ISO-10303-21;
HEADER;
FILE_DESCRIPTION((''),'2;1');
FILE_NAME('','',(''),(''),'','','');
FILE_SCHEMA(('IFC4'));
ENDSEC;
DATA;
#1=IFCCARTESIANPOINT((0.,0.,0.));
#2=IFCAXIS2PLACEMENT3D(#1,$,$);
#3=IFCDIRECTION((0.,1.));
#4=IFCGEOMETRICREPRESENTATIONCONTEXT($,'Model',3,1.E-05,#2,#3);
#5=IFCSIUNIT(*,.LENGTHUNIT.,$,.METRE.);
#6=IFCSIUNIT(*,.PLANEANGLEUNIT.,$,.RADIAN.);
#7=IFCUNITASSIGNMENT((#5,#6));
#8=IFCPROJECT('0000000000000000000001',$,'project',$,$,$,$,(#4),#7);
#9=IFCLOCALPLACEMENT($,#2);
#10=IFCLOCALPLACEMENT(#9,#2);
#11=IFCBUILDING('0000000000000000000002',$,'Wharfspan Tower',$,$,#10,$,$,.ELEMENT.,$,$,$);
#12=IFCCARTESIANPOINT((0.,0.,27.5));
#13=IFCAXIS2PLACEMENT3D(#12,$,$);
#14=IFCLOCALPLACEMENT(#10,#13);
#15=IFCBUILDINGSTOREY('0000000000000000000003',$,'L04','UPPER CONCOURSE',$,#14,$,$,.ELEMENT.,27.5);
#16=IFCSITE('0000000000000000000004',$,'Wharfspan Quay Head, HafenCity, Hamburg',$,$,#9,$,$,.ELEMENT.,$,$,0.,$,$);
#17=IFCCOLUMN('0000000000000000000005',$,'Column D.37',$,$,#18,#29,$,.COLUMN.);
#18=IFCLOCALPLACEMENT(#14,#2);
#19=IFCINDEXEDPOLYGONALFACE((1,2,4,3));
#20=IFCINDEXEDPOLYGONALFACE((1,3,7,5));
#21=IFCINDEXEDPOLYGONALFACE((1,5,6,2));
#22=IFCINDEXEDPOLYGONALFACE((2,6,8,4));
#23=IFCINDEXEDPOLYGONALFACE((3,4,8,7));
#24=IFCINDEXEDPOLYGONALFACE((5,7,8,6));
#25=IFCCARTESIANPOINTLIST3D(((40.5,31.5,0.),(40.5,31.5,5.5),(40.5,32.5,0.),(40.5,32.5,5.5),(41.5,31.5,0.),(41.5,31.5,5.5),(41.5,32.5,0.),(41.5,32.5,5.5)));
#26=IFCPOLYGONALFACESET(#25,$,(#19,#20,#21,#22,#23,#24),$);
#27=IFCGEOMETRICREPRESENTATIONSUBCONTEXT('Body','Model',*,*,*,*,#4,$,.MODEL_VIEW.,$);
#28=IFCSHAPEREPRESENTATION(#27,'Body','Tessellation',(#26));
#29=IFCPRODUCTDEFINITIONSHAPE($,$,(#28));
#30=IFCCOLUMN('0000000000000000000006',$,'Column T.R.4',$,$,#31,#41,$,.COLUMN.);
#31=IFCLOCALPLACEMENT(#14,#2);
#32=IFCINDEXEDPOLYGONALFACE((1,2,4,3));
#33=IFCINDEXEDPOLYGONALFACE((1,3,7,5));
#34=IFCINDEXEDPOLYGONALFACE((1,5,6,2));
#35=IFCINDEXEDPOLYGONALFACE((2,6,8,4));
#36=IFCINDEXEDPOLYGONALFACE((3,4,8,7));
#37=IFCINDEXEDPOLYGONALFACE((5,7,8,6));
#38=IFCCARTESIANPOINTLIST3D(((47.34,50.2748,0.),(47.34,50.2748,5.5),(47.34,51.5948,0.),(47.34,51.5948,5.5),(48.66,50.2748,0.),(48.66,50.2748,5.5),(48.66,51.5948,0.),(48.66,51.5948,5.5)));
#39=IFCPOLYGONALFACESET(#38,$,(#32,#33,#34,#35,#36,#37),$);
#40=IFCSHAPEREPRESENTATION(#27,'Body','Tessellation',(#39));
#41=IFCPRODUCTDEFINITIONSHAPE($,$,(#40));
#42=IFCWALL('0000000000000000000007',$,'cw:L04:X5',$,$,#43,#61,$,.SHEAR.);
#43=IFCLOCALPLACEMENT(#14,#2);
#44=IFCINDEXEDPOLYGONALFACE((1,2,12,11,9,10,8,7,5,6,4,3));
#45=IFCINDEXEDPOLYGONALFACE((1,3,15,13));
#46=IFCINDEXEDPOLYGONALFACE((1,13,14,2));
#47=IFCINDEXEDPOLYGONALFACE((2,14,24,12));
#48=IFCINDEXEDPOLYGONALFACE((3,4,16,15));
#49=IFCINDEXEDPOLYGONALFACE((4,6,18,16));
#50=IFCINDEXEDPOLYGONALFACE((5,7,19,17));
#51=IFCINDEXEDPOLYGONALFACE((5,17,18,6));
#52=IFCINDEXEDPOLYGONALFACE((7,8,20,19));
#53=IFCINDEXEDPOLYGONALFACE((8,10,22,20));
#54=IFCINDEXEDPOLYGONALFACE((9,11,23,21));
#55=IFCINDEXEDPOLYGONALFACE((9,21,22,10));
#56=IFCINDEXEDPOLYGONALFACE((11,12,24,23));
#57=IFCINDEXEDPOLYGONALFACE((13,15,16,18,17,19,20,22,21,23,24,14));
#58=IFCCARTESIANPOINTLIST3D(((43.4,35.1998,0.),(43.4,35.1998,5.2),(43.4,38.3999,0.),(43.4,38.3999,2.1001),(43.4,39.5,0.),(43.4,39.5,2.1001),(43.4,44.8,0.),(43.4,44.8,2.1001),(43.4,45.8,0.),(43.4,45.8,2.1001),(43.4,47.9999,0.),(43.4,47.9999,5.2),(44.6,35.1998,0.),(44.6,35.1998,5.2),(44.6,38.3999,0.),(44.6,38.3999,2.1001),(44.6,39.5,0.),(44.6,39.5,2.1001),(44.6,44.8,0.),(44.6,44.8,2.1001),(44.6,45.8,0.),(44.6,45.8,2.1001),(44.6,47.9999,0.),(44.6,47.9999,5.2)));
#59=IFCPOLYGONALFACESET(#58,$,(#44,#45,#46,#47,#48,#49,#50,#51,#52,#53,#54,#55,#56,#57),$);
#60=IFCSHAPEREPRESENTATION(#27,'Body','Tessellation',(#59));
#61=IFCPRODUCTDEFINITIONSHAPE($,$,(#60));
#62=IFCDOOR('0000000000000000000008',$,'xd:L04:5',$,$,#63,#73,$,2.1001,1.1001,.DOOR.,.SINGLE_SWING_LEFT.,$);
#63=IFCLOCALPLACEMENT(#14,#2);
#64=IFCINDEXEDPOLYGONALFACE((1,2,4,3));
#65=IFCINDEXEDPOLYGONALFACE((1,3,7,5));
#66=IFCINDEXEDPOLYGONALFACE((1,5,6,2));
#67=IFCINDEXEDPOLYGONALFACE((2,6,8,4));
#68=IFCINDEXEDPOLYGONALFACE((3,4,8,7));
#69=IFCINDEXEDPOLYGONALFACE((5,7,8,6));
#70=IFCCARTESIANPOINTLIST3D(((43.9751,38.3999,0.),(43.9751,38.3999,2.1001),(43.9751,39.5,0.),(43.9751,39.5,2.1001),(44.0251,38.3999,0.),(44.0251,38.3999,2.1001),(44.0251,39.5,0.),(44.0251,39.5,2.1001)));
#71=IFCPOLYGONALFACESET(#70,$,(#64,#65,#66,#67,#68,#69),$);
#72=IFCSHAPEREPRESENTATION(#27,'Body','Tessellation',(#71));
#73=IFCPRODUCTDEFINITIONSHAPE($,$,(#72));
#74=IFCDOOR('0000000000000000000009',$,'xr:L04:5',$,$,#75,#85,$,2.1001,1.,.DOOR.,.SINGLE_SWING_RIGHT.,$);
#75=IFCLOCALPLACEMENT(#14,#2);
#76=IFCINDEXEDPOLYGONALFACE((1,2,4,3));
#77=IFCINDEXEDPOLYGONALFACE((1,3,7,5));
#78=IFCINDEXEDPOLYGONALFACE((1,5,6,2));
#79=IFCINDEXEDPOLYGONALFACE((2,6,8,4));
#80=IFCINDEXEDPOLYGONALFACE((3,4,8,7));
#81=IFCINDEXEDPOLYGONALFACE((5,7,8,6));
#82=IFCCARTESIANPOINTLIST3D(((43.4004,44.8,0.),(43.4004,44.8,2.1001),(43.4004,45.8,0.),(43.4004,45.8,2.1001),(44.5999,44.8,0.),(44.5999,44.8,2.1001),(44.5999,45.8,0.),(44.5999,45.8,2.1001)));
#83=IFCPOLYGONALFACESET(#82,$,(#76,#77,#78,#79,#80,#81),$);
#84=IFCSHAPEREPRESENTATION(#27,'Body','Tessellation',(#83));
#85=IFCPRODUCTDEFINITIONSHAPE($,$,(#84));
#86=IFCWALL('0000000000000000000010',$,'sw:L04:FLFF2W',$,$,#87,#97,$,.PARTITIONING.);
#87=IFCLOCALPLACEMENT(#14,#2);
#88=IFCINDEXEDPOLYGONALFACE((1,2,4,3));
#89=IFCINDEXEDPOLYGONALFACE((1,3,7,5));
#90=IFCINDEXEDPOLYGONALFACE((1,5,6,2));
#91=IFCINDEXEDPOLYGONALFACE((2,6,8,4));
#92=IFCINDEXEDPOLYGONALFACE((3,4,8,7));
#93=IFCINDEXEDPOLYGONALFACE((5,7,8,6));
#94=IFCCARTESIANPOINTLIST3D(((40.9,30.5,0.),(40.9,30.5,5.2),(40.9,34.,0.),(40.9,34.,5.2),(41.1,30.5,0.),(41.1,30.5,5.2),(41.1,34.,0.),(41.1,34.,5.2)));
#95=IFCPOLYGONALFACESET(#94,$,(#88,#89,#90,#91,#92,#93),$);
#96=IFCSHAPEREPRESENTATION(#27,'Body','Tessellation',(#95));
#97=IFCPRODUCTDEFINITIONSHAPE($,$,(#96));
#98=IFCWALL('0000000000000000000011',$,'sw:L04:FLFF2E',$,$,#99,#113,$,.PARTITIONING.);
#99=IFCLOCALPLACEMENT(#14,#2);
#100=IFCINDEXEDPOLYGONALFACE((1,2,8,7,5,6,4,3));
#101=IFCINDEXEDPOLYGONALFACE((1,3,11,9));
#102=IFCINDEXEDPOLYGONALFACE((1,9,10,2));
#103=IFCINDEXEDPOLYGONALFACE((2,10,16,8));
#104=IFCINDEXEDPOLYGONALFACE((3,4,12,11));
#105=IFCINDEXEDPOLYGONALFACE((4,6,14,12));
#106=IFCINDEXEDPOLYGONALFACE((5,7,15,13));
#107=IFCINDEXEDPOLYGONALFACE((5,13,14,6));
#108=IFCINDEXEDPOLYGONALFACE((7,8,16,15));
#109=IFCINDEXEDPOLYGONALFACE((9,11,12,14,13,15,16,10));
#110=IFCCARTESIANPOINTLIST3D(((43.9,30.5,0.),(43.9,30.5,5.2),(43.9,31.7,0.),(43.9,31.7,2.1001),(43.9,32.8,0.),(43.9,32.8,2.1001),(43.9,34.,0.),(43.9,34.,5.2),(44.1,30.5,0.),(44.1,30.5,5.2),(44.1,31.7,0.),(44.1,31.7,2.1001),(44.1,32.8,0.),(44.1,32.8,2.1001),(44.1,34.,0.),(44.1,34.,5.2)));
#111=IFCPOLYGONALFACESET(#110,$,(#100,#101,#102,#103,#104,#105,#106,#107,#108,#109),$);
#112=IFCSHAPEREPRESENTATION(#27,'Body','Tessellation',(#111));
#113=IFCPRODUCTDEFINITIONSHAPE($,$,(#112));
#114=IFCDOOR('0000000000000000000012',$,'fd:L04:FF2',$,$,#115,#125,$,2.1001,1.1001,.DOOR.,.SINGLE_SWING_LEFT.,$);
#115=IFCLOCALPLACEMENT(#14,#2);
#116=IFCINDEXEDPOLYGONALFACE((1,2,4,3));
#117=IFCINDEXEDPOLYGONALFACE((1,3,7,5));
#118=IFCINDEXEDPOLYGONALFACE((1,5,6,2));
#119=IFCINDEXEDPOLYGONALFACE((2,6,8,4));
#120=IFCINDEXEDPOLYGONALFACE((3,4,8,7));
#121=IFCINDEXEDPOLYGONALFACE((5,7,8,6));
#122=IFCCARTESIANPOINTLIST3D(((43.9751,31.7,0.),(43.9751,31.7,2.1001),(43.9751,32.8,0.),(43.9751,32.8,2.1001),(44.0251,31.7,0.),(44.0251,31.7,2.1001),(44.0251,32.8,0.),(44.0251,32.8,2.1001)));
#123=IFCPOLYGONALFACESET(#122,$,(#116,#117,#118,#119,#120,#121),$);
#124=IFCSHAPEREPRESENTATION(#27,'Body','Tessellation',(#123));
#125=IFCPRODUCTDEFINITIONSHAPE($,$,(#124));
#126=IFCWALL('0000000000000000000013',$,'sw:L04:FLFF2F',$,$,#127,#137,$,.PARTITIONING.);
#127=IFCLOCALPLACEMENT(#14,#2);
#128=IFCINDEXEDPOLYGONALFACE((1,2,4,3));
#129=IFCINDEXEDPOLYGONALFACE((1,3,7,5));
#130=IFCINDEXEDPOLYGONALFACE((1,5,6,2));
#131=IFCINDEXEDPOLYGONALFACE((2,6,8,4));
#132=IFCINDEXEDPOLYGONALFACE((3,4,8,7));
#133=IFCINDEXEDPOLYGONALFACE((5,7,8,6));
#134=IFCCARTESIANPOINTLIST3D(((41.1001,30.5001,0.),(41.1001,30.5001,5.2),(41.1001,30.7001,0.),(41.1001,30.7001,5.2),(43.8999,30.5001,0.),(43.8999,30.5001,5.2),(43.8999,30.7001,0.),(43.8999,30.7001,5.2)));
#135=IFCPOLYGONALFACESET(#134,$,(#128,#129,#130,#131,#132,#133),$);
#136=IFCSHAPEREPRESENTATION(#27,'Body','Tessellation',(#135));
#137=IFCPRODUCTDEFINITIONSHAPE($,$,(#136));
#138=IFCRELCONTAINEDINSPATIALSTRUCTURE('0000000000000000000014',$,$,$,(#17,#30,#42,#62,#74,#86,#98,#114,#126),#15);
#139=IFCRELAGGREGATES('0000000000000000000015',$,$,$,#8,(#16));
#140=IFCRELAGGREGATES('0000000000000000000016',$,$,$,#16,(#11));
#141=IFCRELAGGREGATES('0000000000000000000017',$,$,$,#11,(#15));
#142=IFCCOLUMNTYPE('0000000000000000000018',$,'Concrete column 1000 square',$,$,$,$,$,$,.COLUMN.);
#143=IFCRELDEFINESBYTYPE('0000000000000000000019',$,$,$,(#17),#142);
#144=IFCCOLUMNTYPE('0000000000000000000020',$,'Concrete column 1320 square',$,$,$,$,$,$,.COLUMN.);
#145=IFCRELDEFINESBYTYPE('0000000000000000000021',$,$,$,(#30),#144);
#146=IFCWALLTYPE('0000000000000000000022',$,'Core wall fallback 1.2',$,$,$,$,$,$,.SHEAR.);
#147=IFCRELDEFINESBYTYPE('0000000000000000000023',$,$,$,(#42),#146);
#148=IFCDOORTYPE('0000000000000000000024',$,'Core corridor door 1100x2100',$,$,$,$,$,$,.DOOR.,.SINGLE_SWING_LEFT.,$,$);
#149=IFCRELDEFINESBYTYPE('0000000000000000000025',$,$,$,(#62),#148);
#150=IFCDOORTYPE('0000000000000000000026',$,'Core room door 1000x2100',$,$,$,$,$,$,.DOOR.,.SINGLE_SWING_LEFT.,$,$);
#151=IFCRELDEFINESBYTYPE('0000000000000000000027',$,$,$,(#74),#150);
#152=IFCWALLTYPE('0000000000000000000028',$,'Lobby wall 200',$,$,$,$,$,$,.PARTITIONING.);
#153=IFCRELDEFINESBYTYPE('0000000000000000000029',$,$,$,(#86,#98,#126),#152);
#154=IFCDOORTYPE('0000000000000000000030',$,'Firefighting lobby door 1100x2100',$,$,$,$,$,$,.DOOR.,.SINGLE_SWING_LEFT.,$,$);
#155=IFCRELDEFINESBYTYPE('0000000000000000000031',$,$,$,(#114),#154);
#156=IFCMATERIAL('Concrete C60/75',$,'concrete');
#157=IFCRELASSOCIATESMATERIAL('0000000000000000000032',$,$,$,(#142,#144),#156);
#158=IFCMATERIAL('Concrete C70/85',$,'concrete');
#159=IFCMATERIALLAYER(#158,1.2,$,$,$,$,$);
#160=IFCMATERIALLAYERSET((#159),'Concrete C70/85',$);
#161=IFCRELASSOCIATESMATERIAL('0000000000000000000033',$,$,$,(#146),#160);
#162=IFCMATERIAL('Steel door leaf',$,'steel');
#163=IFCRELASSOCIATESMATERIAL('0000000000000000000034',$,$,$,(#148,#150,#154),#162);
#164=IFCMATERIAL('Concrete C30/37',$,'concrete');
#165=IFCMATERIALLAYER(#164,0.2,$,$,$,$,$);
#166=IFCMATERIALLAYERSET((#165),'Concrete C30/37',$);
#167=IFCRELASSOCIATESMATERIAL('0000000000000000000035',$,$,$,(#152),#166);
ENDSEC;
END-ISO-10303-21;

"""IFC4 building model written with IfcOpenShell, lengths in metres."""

from ifc_helpers import new_model, si_unit, direction, frame, frame_2d, origin, origin_2d, place, context, subcontext, project, spatial, rectangle, extrude, material, layer, layer_set, material_profile, profile_set, type_object, element, fill, save


model = new_model("IFC4")

# Units and contexts
model_context = context("Model", 3, precision=1e-05, world=origin(), true_north=direction((0.0, 1.0)))
body_context = subcontext(model_context, "Body", "Model", "MODEL_VIEW")
ifc_project = project(units=[si_unit("LENGTHUNIT", "METRE"), si_unit("PLANEANGLEUNIT", "RADIAN")], contexts=[model_context])

# Site, building, storey
site_placement = place(None, origin())
site = spatial("IfcSite", under=ifc_project, at=site_placement, Name="Wharfspan Quay Head, HafenCity, Hamburg", CompositionType="ELEMENT", RefElevation=0.0)
building_placement = place(site_placement, origin())
building = spatial("IfcBuilding", under=site, at=building_placement, Name="Wharfspan Tower", CompositionType="ELEMENT")
storey_placement = place(building_placement, frame((0.0, 0.0, 27.5)))
storey = spatial("IfcBuildingStorey", under=building, at=storey_placement, Name="L04", Description="UPPER CONCOURSE", CompositionType="ELEMENT", Elevation=27.5)

# Columns
ifc_material_1 = material(Name="Concrete C60/75", Category="concrete")
ifc_material_profile_1 = material_profile(ifc_material_1, rectangle(XDim=1.0, YDim=1.0, at=origin_2d()))
ifc_profile_set_1 = profile_set([ifc_material_profile_1], Name="Concrete C60/75")
column_type_1 = type_object("IfcColumnType", Name="Concrete column 1000 square", PredefinedType="COLUMN", material=ifc_profile_set_1)
column_1_placement = place(storey_placement, frame((41.0, 32.0, 0.0), z_axis=(0.0, 0.0, 1.0), x_axis=(1.0, 0.0, 0.0)))
element("IfcColumn", 1, at=column_1_placement, inside=storey, type_object=column_type_1, Name="Column D.37", PredefinedType="COLUMN", context=body_context, shape_type="SweptSolid", body=[
    extrude(rectangle(XDim=1.0, YDim=1.0, at=origin_2d()), origin(), (0.0, 0.0, 1.0), 5.5),
])
ifc_material_profile_2 = material_profile(ifc_material_1, rectangle(XDim=1.3201, YDim=1.3201, at=origin_2d()))
ifc_profile_set_2 = profile_set([ifc_material_profile_2], Name="Concrete C60/75")
column_type_2 = type_object("IfcColumnType", Name="Concrete column 1320 square", PredefinedType="COLUMN", material=ifc_profile_set_2)
column_2_placement = place(storey_placement, frame((48.0, 50.9348, 0.0), z_axis=(0.0, 0.0, 1.0), x_axis=(1.0, 0.0, 0.0)))
element("IfcColumn", 2, at=column_2_placement, inside=storey, type_object=column_type_2, Name="Column T.R.4", PredefinedType="COLUMN", context=body_context, shape_type="SweptSolid", body=[
    extrude(rectangle(XDim=1.3201, YDim=1.3201, at=origin_2d()), origin(), (0.0, 0.0, 1.0), 5.5),
])

# Wall, openings, doors
ifc_material_2 = material(Name="Concrete C70/85", Category="concrete")
ifc_layer_1 = layer(ifc_material_2, 1.2)
ifc_layer_set_1 = layer_set([ifc_layer_1], Name="Concrete C70/85")
wall_type_1 = type_object("IfcWallType", Name="Core wall fallback 1.2", PredefinedType="SHEAR", material=ifc_layer_set_1)
wall_1_placement = place(storey_placement, frame((44.0, 35.2, 0.0), z_axis=(0.0, 0.0, 1.0), x_axis=(0.0, 1.0, 0.0)))
wall_1 = element("IfcWall", 3, at=wall_1_placement, inside=storey, type_object=wall_type_1, Name="cw:L04:X5", PredefinedType="SHEAR", context=body_context, shape_type="SweptSolid", body=[
    extrude(rectangle(XDim=12.8, YDim=1.2, at=frame_2d((6.3999, 0.0))), origin(), (0.0, 0.0, 1.0), 5.2),
])
opening_1_placement = place(wall_1_placement, frame((3.2, 0.0, 0.0)))
opening_1 = element("IfcOpeningElement", 4, at=opening_1_placement, cuts=wall_1, PredefinedType="OPENING", context=body_context, shape_type="SweptSolid", body=[
    extrude(rectangle(XDim=1.1001, YDim=2.1001, at=frame_2d((0.55, 1.05))), frame((0.0, 0.6099, 0.0), z_axis=(0.0, -1.0, 0.0), x_axis=(1.0, 0.0, 0.0)), (0.0, 0.0, 1.0), 1.22),
])
opening_2_placement = place(wall_1_placement, frame((9.6001, 0.0, 0.0)))
opening_2 = element("IfcOpeningElement", 5, at=opening_2_placement, cuts=wall_1, PredefinedType="OPENING", context=body_context, shape_type="SweptSolid", body=[
    extrude(rectangle(XDim=1.0, YDim=2.1001, at=frame_2d((0.5, 1.05))), frame((0.0, 0.6099, 0.0), z_axis=(0.0, -1.0, 0.0), x_axis=(1.0, 0.0, 0.0)), (0.0, 0.0, 1.0), 1.22),
])
ifc_material_3 = material(Name="Steel door leaf", Category="steel")
door_type_1 = type_object("IfcDoorType", Name="Core corridor door 1100x2100", OperationType="SINGLE_SWING_LEFT", PredefinedType="DOOR", material=ifc_material_3)
door_1_placement = place(opening_1_placement, origin())
door_1 = element("IfcDoor", 6, at=door_1_placement, inside=storey, type_object=door_type_1, Name="xd:L04:5", OperationType="SINGLE_SWING_LEFT", OverallHeight=2.1001, OverallWidth=1.1001, PredefinedType="DOOR", context=body_context, shape_type="SweptSolid", body=[
    extrude(rectangle(XDim=1.1001, YDim=2.1001, at=frame_2d((0.55, 1.05))), frame((0.0, 0.0249, 0.0), z_axis=(0.0, -1.0, 0.0), x_axis=(1.0, 0.0, 0.0)), (0.0, 0.0, 1.0), 0.05),
])
fill(opening_1, door_1)
door_type_2 = type_object("IfcDoorType", Name="Core room door 1000x2100", OperationType="SINGLE_SWING_LEFT", PredefinedType="DOOR", material=ifc_material_3)
door_2_placement = place(opening_2_placement, origin())
door_2 = element("IfcDoor", 7, at=door_2_placement, inside=storey, type_object=door_type_2, Name="xr:L04:5", OperationType="SINGLE_SWING_RIGHT", OverallHeight=2.1001, OverallWidth=1.0, PredefinedType="DOOR", context=body_context, shape_type="SweptSolid", body=[
    extrude(rectangle(XDim=1.0, YDim=2.1001, at=frame_2d((0.5, 1.05))), frame((0.0, 0.5996, 0.0), z_axis=(0.0, -1.0, 0.0), x_axis=(1.0, 0.0, 0.0)), (0.0, 0.0, 1.0), 1.1995),
])
fill(opening_2, door_2)

# Wall
ifc_material_4 = material(Name="Concrete C30/37", Category="concrete")
ifc_layer_2 = layer(ifc_material_4, 0.2)
ifc_layer_set_2 = layer_set([ifc_layer_2], Name="Concrete C30/37")
wall_type_2 = type_object("IfcWallType", Name="Lobby wall 200", PredefinedType="PARTITIONING", material=ifc_layer_set_2)
wall_2_placement = place(storey_placement, frame((41.0, 30.5, 0.0), z_axis=(0.0, 0.0, 1.0), x_axis=(0.0, 1.0, 0.0)))
element("IfcWall", 8, at=wall_2_placement, inside=storey, type_object=wall_type_2, Name="sw:L04:FLFF2W", PredefinedType="PARTITIONING", context=body_context, shape_type="SweptSolid", body=[
    extrude(rectangle(XDim=3.5, YDim=0.2, at=frame_2d((1.75, 0.0))), origin(), (0.0, 0.0, 1.0), 5.2),
])

# Wall, opening, door
wall_3_placement = place(storey_placement, frame((44.0, 30.5, 0.0), z_axis=(0.0, 0.0, 1.0), x_axis=(0.0, 1.0, 0.0)))
wall_3 = element("IfcWall", 9, at=wall_3_placement, inside=storey, type_object=wall_type_2, Name="sw:L04:FLFF2E", PredefinedType="PARTITIONING", context=body_context, shape_type="SweptSolid", body=[
    extrude(rectangle(XDim=3.5, YDim=0.2, at=frame_2d((1.75, 0.0))), origin(), (0.0, 0.0, 1.0), 5.2),
])
opening_3_placement = place(wall_3_placement, frame((1.2, 0.0, 0.0)))
opening_3 = element("IfcOpeningElement", 10, at=opening_3_placement, cuts=wall_3, PredefinedType="OPENING", context=body_context, shape_type="SweptSolid", body=[
    extrude(rectangle(XDim=1.1001, YDim=2.1001, at=frame_2d((0.55, 1.05))), frame((0.0, 0.1099, 0.0), z_axis=(0.0, -1.0, 0.0), x_axis=(1.0, 0.0, 0.0)), (0.0, 0.0, 1.0), 0.22),
])
door_type_3 = type_object("IfcDoorType", Name="Firefighting lobby door 1100x2100", OperationType="SINGLE_SWING_LEFT", PredefinedType="DOOR", material=ifc_material_3)
door_3_placement = place(opening_3_placement, origin())
door_3 = element("IfcDoor", 11, at=door_3_placement, inside=storey, type_object=door_type_3, Name="fd:L04:FF2", OperationType="SINGLE_SWING_LEFT", OverallHeight=2.1001, OverallWidth=1.1001, PredefinedType="DOOR", context=body_context, shape_type="SweptSolid", body=[
    extrude(rectangle(XDim=1.1001, YDim=2.1001, at=frame_2d((0.55, 1.05))), frame((0.0, 0.0249, 0.0), z_axis=(0.0, -1.0, 0.0), x_axis=(1.0, 0.0, 0.0)), (0.0, 0.0, 1.0), 0.05),
])
fill(opening_3, door_3)

# Wall
wall_4_placement = place(storey_placement, frame((41.1001, 30.6001, 0.0), z_axis=(0.0, 0.0, 1.0), x_axis=(1.0, 0.0, 0.0)))
element("IfcWall", 12, at=wall_4_placement, inside=storey, type_object=wall_type_2, Name="sw:L04:FLFF2F", PredefinedType="PARTITIONING", context=body_context, shape_type="SweptSolid", body=[
    extrude(rectangle(XDim=2.7998, YDim=0.2, at=frame_2d((1.3999, 0.0))), origin(), (0.0, 0.0, 1.0), 5.2),
])

save(model, "model.ifc")
